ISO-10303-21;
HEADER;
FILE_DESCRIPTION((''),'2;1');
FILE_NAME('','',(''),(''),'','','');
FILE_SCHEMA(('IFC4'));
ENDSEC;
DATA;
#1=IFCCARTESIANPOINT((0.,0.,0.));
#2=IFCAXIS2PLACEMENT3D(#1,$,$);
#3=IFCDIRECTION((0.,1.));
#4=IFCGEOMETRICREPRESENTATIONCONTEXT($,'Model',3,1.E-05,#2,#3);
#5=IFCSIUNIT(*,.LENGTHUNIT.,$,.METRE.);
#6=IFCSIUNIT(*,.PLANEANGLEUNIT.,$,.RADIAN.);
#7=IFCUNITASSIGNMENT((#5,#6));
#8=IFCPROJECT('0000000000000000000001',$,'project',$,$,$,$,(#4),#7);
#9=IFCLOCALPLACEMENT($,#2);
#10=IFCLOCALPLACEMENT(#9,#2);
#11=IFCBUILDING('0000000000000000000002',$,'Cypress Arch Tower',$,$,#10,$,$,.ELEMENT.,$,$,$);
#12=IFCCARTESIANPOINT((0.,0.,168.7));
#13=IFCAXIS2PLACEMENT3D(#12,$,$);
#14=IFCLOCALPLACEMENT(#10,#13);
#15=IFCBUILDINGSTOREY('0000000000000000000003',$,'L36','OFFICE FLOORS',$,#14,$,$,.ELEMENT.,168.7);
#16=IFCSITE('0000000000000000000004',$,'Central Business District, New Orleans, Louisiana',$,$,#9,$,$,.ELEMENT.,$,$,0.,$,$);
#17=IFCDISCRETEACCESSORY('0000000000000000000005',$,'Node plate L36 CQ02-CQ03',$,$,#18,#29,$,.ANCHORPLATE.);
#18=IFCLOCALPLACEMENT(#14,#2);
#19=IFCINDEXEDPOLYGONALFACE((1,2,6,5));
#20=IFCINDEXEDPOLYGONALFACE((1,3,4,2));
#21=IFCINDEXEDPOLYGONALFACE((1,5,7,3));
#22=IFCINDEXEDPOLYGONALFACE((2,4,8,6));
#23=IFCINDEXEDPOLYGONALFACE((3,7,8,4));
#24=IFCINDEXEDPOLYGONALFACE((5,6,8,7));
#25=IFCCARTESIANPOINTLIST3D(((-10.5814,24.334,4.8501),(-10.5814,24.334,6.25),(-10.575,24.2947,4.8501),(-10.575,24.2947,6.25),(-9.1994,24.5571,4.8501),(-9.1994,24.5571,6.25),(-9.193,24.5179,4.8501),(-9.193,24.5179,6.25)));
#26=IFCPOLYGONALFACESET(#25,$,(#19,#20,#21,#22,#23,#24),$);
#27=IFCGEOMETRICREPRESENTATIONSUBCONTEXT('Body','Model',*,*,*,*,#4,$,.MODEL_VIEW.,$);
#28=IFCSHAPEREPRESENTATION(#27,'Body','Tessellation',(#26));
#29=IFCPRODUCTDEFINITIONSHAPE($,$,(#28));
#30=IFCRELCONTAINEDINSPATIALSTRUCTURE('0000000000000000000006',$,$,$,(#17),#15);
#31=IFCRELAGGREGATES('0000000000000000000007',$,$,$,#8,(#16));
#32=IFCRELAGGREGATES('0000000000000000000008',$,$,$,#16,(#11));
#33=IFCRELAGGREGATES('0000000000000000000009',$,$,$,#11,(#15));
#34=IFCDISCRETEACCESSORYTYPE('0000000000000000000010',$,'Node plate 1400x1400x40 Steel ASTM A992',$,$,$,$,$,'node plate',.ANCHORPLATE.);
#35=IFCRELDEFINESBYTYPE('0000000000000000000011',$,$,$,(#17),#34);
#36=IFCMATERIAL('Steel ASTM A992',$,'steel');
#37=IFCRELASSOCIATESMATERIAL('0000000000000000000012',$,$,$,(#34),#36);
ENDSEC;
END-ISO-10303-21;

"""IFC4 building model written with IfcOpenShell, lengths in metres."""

from ifc_helpers import new_model, si_unit, direction, frame, origin, origin_2d, place, context, subcontext, project, spatial, rectangle, extrude, material, material_profile, profile_set, type_object, element, save


model = new_model("IFC4")

# Units and contexts
model_context = context("Model", 3, precision=1e-05, world=origin(), true_north=direction((0.0, 1.0)))
body_context = subcontext(model_context, "Body", "Model", "MODEL_VIEW")
ifc_project = project(units=[si_unit("LENGTHUNIT", "METRE"), si_unit("PLANEANGLEUNIT", "RADIAN")], contexts=[model_context])

# Site, building, storey
site_placement = place(None, origin())
site = spatial("IfcSite", under=ifc_project, at=site_placement, Name="Central Business District, New Orleans, Louisiana", CompositionType="ELEMENT", RefElevation=0.0)
building_placement = place(site_placement, origin())
building = spatial("IfcBuilding", under=site, at=building_placement, Name="Cypress Arch Tower", CompositionType="ELEMENT")
storey_placement = place(building_placement, frame((0.0, 0.0, 168.7)))
storey = spatial("IfcBuildingStorey", under=building, at=storey_placement, Name="L36", Description="OFFICE FLOORS", CompositionType="ELEMENT", Elevation=168.7)

# Discrete accessory
ifc_material_1 = material(Name="Steel ASTM A992", Category="steel")
ifc_material_profile_1 = material_profile(ifc_material_1, rectangle(XDim=1.3999, YDim=1.3999, at=origin_2d()), Name="PL 40 1400x1400")
ifc_profile_set_1 = profile_set([ifc_material_profile_1], Name="Steel ASTM A992")
discrete_accessory_type_1 = type_object("IfcDiscreteAccessoryType", Name="Node plate 1400x1400x40 Steel ASTM A992", ElementType="node plate", PredefinedType="ANCHORPLATE", material=ifc_profile_set_1)
discrete_accessory_1_placement = place(storey_placement, frame((-9.8904, 24.4456, 5.55), z_axis=(0.159425, -0.98721, 0.0), x_axis=(0.98721, 0.159425, 0.0)))
element("IfcDiscreteAccessory", 1, at=discrete_accessory_1_placement, inside=storey, type_object=discrete_accessory_type_1, Name="Node plate L36 CQ02-CQ03", PredefinedType="ANCHORPLATE", context=body_context, shape_type="SweptSolid", body=[
    extrude(rectangle(XDim=1.3999, YDim=1.3999, at=origin_2d()), origin(), (0.0, 0.0, 1.0), 0.0398),
])

save(model, "model.ifc")
